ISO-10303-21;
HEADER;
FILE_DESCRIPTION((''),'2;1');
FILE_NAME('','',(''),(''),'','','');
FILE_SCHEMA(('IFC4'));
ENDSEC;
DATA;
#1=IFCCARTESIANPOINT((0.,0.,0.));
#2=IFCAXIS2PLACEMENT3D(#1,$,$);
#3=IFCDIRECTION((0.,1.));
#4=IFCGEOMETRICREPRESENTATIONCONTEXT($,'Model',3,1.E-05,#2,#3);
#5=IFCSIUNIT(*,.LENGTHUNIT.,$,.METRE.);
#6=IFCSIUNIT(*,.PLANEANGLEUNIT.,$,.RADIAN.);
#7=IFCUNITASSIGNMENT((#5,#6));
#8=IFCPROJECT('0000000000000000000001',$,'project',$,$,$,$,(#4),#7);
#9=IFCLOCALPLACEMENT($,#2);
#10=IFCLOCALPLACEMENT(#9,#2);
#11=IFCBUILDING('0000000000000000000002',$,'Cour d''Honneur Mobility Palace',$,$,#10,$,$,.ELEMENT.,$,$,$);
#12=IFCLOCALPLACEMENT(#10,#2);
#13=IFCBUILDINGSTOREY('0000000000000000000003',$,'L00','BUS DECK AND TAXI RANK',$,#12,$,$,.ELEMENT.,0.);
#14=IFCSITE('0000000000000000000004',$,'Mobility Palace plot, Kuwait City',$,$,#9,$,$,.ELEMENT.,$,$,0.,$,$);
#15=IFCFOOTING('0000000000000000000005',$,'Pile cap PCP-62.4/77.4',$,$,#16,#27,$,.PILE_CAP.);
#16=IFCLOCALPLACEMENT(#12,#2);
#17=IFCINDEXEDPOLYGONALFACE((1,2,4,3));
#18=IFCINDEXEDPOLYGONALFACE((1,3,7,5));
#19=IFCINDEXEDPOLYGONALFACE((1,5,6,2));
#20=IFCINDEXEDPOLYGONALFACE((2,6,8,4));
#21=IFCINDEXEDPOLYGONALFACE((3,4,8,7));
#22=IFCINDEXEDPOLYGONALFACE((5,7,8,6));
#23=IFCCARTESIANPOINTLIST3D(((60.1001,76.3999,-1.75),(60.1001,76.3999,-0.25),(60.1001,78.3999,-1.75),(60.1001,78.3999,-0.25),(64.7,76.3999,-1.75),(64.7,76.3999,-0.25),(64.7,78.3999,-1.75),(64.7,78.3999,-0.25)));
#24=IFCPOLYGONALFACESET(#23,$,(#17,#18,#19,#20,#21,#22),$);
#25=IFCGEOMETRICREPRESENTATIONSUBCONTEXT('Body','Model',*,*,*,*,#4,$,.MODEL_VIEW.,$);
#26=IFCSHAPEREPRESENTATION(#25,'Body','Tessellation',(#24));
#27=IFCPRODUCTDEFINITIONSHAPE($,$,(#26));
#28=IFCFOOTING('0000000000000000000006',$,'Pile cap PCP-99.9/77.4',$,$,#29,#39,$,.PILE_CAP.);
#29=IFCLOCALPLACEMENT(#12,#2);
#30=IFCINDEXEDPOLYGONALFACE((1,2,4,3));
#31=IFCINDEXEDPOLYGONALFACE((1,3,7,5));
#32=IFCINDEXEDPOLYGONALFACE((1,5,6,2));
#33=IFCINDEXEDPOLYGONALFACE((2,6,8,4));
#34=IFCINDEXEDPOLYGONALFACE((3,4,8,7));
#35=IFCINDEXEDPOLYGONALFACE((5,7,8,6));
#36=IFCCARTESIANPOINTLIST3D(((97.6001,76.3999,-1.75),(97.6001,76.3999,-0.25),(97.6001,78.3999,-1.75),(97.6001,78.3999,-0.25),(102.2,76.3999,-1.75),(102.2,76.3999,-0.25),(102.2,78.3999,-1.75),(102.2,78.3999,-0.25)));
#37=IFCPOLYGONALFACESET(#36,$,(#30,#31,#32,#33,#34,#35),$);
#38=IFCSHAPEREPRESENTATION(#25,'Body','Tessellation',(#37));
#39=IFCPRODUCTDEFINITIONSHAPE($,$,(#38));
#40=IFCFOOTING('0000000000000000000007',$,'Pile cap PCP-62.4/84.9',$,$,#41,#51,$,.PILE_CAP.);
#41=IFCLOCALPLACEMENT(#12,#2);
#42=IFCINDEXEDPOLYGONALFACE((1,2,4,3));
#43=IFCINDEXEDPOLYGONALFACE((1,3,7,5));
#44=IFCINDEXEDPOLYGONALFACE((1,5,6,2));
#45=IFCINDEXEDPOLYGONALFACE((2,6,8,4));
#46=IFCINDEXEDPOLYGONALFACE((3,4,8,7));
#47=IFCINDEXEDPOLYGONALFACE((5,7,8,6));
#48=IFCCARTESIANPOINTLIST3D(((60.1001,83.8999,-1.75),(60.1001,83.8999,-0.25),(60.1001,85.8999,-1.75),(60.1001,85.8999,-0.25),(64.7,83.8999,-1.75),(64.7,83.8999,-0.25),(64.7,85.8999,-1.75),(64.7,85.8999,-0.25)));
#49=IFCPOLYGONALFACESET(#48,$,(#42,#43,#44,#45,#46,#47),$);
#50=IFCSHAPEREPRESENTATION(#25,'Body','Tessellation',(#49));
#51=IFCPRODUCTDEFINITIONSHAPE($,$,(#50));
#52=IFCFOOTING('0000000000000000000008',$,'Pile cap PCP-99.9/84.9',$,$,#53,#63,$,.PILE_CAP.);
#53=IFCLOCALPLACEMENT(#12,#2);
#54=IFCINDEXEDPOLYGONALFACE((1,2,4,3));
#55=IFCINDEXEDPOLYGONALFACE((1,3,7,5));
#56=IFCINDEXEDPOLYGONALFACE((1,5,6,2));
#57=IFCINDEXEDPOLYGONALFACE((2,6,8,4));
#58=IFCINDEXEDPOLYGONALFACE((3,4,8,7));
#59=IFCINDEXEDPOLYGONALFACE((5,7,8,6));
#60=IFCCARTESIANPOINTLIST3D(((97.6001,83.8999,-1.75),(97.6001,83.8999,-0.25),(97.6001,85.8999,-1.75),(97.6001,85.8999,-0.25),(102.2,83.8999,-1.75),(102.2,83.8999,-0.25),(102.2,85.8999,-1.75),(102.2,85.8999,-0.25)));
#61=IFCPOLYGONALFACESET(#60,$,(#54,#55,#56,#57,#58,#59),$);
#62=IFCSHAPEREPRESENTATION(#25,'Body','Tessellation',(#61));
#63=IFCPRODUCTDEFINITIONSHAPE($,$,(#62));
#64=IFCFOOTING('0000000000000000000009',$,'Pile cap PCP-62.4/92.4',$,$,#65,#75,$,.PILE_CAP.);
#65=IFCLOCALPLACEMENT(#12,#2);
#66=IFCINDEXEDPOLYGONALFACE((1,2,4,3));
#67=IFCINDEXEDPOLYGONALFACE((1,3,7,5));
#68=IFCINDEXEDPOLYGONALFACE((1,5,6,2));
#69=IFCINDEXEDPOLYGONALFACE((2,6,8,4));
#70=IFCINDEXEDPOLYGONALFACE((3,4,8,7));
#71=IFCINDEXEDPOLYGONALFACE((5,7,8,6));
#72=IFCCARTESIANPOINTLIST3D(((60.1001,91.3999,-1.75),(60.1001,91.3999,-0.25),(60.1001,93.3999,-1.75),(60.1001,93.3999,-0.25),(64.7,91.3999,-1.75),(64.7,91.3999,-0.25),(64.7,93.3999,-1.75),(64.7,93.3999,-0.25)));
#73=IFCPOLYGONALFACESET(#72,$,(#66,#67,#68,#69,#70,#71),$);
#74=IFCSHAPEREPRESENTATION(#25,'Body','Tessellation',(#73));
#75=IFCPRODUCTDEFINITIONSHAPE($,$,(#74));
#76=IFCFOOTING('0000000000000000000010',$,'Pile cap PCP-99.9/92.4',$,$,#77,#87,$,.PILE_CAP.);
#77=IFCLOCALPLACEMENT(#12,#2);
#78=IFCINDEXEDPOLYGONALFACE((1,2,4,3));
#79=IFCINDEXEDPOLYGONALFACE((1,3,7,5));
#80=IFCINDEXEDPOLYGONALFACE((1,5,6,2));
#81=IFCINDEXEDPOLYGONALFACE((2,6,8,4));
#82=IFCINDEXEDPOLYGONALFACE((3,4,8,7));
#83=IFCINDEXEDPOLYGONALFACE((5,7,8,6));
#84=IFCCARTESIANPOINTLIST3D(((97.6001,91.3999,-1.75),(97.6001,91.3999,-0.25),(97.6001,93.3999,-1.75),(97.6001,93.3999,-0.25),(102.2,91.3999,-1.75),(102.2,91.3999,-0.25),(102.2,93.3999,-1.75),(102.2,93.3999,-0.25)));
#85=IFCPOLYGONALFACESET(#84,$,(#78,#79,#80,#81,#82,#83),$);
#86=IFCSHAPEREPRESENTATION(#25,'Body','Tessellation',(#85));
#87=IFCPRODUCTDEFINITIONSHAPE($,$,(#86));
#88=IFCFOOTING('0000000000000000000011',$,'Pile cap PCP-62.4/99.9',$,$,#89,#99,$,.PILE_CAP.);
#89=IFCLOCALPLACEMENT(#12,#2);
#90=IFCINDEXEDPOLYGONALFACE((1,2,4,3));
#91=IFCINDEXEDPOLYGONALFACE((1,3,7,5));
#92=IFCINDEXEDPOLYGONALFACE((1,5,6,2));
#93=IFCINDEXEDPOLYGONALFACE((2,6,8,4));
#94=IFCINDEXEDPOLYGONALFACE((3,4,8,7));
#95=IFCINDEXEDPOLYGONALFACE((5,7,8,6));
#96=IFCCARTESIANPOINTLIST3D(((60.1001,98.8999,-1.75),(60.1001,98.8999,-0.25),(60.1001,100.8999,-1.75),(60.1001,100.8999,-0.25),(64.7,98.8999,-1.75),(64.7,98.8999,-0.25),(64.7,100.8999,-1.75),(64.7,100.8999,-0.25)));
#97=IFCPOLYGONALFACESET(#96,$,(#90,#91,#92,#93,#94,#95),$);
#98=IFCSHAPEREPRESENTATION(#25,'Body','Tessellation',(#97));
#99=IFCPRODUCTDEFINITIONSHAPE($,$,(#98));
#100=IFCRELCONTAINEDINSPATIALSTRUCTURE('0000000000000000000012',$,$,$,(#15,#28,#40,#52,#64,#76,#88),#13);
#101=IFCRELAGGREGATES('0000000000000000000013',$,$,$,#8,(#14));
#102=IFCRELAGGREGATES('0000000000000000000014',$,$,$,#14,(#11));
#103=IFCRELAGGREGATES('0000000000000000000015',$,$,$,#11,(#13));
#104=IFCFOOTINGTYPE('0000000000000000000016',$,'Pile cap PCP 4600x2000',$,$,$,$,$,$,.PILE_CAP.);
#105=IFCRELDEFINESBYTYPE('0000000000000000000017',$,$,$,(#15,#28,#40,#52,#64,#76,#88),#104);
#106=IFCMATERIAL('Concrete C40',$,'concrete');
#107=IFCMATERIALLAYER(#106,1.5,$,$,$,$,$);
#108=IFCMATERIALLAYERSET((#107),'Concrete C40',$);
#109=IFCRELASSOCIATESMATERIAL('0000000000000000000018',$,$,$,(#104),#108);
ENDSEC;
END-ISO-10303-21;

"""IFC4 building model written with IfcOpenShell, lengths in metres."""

from ifc_helpers import new_model, si_unit, direction, frame, origin, place, context, subcontext, project, spatial, polyline, outline, extrude, material, layer, layer_set, type_object, element, save


model = new_model("IFC4")

# Units and contexts
model_context = context("Model", 3, precision=1e-05, world=origin(), true_north=direction((0.0, 1.0)))
body_context = subcontext(model_context, "Body", "Model", "MODEL_VIEW")
ifc_project = project(units=[si_unit("LENGTHUNIT", "METRE"), si_unit("PLANEANGLEUNIT", "RADIAN")], contexts=[model_context])

# Site, building, storey
site_placement = place(None, origin())
site = spatial("IfcSite", under=ifc_project, at=site_placement, Name="Mobility Palace plot, Kuwait City", CompositionType="ELEMENT", RefElevation=0.0)
building_placement = place(site_placement, origin())
building = spatial("IfcBuilding", under=site, at=building_placement, Name="Cour d'Honneur Mobility Palace", CompositionType="ELEMENT")
storey_placement = place(building_placement, origin())
storey = spatial("IfcBuildingStorey", under=building, at=storey_placement, Name="L00", Description="BUS DECK AND TAXI RANK", CompositionType="ELEMENT", Elevation=0.0)

# Footings
ifc_material_1 = material(Name="Concrete C40", Category="concrete")
ifc_layer_1 = layer(ifc_material_1, 1.5)
ifc_layer_set_1 = layer_set([ifc_layer_1], Name="Concrete C40")
footing_type_1 = type_object("IfcFootingType", Name="Pile cap PCP 4600x2000", PredefinedType="PILE_CAP", material=ifc_layer_set_1)
footing_1_placement = place(storey_placement, frame((0.0, 0.0, -1.75)))
element("IfcFooting", 1, at=footing_1_placement, inside=storey, type_object=footing_type_1, Name="Pile cap PCP-62.4/77.4", PredefinedType="PILE_CAP", context=body_context, shape_type="SweptSolid", body=[
    extrude(outline(polyline([(60.1001, 76.3999), (64.7, 76.3999), (64.7, 78.3999), (60.1001, 78.3999), (60.1001, 76.3999)])), origin(), (0.0, 0.0, 1.0), 1.5),
])
footing_2_placement = place(storey_placement, frame((0.0, 0.0, -1.75)))
element("IfcFooting", 2, at=footing_2_placement, inside=storey, type_object=footing_type_1, Name="Pile cap PCP-99.9/77.4", PredefinedType="PILE_CAP", context=body_context, shape_type="SweptSolid", body=[
    extrude(outline(polyline([(97.6001, 76.3999), (102.2, 76.3999), (102.2, 78.3999), (97.6001, 78.3999), (97.6001, 76.3999)])), origin(), (0.0, 0.0, 1.0), 1.5),
])
footing_3_placement = place(storey_placement, frame((0.0, 0.0, -1.75)))
element("IfcFooting", 3, at=footing_3_placement, inside=storey, type_object=footing_type_1, Name="Pile cap PCP-62.4/84.9", PredefinedType="PILE_CAP", context=body_context, shape_type="SweptSolid", body=[
    extrude(outline(polyline([(60.1001, 83.8999), (64.7, 83.8999), (64.7, 85.8999), (60.1001, 85.8999), (60.1001, 83.8999)])), origin(), (0.0, 0.0, 1.0), 1.5),
])
footing_4_placement = place(storey_placement, frame((0.0, 0.0, -1.75)))
element("IfcFooting", 4, at=footing_4_placement, inside=storey, type_object=footing_type_1, Name="Pile cap PCP-99.9/84.9", PredefinedType="PILE_CAP", context=body_context, shape_type="SweptSolid", body=[
    extrude(outline(polyline([(97.6001, 83.8999), (102.2, 83.8999), (102.2, 85.8999), (97.6001, 85.8999), (97.6001, 83.8999)])), origin(), (0.0, 0.0, 1.0), 1.5),
])
footing_5_placement = place(storey_placement, frame((0.0, 0.0, -1.75)))
element("IfcFooting", 5, at=footing_5_placement, inside=storey, type_object=footing_type_1, Name="Pile cap PCP-62.4/92.4", PredefinedType="PILE_CAP", context=body_context, shape_type="SweptSolid", body=[
    extrude(outline(polyline([(60.1001, 91.3999), (64.7, 91.3999), (64.7, 93.3999), (60.1001, 93.3999), (60.1001, 91.3999)])), origin(), (0.0, 0.0, 1.0), 1.5),
])
footing_6_placement = place(storey_placement, frame((0.0, 0.0, -1.75)))
element("IfcFooting", 6, at=footing_6_placement, inside=storey, type_object=footing_type_1, Name="Pile cap PCP-99.9/92.4", PredefinedType="PILE_CAP", context=body_context, shape_type="SweptSolid", body=[
    extrude(outline(polyline([(97.6001, 91.3999), (102.2, 91.3999), (102.2, 93.3999), (97.6001, 93.3999), (97.6001, 91.3999)])), origin(), (0.0, 0.0, 1.0), 1.5),
])
footing_7_placement = place(storey_placement, frame((0.0, 0.0, -1.75)))
element("IfcFooting", 7, at=footing_7_placement, inside=storey, type_object=footing_type_1, Name="Pile cap PCP-62.4/99.9", PredefinedType="PILE_CAP", context=body_context, shape_type="SweptSolid", body=[
    extrude(outline(polyline([(60.1001, 98.8999), (64.7, 98.8999), (64.7, 100.8999), (60.1001, 100.8999), (60.1001, 98.8999)])), origin(), (0.0, 0.0, 1.0), 1.5),
])

save(model, "model.ifc")
